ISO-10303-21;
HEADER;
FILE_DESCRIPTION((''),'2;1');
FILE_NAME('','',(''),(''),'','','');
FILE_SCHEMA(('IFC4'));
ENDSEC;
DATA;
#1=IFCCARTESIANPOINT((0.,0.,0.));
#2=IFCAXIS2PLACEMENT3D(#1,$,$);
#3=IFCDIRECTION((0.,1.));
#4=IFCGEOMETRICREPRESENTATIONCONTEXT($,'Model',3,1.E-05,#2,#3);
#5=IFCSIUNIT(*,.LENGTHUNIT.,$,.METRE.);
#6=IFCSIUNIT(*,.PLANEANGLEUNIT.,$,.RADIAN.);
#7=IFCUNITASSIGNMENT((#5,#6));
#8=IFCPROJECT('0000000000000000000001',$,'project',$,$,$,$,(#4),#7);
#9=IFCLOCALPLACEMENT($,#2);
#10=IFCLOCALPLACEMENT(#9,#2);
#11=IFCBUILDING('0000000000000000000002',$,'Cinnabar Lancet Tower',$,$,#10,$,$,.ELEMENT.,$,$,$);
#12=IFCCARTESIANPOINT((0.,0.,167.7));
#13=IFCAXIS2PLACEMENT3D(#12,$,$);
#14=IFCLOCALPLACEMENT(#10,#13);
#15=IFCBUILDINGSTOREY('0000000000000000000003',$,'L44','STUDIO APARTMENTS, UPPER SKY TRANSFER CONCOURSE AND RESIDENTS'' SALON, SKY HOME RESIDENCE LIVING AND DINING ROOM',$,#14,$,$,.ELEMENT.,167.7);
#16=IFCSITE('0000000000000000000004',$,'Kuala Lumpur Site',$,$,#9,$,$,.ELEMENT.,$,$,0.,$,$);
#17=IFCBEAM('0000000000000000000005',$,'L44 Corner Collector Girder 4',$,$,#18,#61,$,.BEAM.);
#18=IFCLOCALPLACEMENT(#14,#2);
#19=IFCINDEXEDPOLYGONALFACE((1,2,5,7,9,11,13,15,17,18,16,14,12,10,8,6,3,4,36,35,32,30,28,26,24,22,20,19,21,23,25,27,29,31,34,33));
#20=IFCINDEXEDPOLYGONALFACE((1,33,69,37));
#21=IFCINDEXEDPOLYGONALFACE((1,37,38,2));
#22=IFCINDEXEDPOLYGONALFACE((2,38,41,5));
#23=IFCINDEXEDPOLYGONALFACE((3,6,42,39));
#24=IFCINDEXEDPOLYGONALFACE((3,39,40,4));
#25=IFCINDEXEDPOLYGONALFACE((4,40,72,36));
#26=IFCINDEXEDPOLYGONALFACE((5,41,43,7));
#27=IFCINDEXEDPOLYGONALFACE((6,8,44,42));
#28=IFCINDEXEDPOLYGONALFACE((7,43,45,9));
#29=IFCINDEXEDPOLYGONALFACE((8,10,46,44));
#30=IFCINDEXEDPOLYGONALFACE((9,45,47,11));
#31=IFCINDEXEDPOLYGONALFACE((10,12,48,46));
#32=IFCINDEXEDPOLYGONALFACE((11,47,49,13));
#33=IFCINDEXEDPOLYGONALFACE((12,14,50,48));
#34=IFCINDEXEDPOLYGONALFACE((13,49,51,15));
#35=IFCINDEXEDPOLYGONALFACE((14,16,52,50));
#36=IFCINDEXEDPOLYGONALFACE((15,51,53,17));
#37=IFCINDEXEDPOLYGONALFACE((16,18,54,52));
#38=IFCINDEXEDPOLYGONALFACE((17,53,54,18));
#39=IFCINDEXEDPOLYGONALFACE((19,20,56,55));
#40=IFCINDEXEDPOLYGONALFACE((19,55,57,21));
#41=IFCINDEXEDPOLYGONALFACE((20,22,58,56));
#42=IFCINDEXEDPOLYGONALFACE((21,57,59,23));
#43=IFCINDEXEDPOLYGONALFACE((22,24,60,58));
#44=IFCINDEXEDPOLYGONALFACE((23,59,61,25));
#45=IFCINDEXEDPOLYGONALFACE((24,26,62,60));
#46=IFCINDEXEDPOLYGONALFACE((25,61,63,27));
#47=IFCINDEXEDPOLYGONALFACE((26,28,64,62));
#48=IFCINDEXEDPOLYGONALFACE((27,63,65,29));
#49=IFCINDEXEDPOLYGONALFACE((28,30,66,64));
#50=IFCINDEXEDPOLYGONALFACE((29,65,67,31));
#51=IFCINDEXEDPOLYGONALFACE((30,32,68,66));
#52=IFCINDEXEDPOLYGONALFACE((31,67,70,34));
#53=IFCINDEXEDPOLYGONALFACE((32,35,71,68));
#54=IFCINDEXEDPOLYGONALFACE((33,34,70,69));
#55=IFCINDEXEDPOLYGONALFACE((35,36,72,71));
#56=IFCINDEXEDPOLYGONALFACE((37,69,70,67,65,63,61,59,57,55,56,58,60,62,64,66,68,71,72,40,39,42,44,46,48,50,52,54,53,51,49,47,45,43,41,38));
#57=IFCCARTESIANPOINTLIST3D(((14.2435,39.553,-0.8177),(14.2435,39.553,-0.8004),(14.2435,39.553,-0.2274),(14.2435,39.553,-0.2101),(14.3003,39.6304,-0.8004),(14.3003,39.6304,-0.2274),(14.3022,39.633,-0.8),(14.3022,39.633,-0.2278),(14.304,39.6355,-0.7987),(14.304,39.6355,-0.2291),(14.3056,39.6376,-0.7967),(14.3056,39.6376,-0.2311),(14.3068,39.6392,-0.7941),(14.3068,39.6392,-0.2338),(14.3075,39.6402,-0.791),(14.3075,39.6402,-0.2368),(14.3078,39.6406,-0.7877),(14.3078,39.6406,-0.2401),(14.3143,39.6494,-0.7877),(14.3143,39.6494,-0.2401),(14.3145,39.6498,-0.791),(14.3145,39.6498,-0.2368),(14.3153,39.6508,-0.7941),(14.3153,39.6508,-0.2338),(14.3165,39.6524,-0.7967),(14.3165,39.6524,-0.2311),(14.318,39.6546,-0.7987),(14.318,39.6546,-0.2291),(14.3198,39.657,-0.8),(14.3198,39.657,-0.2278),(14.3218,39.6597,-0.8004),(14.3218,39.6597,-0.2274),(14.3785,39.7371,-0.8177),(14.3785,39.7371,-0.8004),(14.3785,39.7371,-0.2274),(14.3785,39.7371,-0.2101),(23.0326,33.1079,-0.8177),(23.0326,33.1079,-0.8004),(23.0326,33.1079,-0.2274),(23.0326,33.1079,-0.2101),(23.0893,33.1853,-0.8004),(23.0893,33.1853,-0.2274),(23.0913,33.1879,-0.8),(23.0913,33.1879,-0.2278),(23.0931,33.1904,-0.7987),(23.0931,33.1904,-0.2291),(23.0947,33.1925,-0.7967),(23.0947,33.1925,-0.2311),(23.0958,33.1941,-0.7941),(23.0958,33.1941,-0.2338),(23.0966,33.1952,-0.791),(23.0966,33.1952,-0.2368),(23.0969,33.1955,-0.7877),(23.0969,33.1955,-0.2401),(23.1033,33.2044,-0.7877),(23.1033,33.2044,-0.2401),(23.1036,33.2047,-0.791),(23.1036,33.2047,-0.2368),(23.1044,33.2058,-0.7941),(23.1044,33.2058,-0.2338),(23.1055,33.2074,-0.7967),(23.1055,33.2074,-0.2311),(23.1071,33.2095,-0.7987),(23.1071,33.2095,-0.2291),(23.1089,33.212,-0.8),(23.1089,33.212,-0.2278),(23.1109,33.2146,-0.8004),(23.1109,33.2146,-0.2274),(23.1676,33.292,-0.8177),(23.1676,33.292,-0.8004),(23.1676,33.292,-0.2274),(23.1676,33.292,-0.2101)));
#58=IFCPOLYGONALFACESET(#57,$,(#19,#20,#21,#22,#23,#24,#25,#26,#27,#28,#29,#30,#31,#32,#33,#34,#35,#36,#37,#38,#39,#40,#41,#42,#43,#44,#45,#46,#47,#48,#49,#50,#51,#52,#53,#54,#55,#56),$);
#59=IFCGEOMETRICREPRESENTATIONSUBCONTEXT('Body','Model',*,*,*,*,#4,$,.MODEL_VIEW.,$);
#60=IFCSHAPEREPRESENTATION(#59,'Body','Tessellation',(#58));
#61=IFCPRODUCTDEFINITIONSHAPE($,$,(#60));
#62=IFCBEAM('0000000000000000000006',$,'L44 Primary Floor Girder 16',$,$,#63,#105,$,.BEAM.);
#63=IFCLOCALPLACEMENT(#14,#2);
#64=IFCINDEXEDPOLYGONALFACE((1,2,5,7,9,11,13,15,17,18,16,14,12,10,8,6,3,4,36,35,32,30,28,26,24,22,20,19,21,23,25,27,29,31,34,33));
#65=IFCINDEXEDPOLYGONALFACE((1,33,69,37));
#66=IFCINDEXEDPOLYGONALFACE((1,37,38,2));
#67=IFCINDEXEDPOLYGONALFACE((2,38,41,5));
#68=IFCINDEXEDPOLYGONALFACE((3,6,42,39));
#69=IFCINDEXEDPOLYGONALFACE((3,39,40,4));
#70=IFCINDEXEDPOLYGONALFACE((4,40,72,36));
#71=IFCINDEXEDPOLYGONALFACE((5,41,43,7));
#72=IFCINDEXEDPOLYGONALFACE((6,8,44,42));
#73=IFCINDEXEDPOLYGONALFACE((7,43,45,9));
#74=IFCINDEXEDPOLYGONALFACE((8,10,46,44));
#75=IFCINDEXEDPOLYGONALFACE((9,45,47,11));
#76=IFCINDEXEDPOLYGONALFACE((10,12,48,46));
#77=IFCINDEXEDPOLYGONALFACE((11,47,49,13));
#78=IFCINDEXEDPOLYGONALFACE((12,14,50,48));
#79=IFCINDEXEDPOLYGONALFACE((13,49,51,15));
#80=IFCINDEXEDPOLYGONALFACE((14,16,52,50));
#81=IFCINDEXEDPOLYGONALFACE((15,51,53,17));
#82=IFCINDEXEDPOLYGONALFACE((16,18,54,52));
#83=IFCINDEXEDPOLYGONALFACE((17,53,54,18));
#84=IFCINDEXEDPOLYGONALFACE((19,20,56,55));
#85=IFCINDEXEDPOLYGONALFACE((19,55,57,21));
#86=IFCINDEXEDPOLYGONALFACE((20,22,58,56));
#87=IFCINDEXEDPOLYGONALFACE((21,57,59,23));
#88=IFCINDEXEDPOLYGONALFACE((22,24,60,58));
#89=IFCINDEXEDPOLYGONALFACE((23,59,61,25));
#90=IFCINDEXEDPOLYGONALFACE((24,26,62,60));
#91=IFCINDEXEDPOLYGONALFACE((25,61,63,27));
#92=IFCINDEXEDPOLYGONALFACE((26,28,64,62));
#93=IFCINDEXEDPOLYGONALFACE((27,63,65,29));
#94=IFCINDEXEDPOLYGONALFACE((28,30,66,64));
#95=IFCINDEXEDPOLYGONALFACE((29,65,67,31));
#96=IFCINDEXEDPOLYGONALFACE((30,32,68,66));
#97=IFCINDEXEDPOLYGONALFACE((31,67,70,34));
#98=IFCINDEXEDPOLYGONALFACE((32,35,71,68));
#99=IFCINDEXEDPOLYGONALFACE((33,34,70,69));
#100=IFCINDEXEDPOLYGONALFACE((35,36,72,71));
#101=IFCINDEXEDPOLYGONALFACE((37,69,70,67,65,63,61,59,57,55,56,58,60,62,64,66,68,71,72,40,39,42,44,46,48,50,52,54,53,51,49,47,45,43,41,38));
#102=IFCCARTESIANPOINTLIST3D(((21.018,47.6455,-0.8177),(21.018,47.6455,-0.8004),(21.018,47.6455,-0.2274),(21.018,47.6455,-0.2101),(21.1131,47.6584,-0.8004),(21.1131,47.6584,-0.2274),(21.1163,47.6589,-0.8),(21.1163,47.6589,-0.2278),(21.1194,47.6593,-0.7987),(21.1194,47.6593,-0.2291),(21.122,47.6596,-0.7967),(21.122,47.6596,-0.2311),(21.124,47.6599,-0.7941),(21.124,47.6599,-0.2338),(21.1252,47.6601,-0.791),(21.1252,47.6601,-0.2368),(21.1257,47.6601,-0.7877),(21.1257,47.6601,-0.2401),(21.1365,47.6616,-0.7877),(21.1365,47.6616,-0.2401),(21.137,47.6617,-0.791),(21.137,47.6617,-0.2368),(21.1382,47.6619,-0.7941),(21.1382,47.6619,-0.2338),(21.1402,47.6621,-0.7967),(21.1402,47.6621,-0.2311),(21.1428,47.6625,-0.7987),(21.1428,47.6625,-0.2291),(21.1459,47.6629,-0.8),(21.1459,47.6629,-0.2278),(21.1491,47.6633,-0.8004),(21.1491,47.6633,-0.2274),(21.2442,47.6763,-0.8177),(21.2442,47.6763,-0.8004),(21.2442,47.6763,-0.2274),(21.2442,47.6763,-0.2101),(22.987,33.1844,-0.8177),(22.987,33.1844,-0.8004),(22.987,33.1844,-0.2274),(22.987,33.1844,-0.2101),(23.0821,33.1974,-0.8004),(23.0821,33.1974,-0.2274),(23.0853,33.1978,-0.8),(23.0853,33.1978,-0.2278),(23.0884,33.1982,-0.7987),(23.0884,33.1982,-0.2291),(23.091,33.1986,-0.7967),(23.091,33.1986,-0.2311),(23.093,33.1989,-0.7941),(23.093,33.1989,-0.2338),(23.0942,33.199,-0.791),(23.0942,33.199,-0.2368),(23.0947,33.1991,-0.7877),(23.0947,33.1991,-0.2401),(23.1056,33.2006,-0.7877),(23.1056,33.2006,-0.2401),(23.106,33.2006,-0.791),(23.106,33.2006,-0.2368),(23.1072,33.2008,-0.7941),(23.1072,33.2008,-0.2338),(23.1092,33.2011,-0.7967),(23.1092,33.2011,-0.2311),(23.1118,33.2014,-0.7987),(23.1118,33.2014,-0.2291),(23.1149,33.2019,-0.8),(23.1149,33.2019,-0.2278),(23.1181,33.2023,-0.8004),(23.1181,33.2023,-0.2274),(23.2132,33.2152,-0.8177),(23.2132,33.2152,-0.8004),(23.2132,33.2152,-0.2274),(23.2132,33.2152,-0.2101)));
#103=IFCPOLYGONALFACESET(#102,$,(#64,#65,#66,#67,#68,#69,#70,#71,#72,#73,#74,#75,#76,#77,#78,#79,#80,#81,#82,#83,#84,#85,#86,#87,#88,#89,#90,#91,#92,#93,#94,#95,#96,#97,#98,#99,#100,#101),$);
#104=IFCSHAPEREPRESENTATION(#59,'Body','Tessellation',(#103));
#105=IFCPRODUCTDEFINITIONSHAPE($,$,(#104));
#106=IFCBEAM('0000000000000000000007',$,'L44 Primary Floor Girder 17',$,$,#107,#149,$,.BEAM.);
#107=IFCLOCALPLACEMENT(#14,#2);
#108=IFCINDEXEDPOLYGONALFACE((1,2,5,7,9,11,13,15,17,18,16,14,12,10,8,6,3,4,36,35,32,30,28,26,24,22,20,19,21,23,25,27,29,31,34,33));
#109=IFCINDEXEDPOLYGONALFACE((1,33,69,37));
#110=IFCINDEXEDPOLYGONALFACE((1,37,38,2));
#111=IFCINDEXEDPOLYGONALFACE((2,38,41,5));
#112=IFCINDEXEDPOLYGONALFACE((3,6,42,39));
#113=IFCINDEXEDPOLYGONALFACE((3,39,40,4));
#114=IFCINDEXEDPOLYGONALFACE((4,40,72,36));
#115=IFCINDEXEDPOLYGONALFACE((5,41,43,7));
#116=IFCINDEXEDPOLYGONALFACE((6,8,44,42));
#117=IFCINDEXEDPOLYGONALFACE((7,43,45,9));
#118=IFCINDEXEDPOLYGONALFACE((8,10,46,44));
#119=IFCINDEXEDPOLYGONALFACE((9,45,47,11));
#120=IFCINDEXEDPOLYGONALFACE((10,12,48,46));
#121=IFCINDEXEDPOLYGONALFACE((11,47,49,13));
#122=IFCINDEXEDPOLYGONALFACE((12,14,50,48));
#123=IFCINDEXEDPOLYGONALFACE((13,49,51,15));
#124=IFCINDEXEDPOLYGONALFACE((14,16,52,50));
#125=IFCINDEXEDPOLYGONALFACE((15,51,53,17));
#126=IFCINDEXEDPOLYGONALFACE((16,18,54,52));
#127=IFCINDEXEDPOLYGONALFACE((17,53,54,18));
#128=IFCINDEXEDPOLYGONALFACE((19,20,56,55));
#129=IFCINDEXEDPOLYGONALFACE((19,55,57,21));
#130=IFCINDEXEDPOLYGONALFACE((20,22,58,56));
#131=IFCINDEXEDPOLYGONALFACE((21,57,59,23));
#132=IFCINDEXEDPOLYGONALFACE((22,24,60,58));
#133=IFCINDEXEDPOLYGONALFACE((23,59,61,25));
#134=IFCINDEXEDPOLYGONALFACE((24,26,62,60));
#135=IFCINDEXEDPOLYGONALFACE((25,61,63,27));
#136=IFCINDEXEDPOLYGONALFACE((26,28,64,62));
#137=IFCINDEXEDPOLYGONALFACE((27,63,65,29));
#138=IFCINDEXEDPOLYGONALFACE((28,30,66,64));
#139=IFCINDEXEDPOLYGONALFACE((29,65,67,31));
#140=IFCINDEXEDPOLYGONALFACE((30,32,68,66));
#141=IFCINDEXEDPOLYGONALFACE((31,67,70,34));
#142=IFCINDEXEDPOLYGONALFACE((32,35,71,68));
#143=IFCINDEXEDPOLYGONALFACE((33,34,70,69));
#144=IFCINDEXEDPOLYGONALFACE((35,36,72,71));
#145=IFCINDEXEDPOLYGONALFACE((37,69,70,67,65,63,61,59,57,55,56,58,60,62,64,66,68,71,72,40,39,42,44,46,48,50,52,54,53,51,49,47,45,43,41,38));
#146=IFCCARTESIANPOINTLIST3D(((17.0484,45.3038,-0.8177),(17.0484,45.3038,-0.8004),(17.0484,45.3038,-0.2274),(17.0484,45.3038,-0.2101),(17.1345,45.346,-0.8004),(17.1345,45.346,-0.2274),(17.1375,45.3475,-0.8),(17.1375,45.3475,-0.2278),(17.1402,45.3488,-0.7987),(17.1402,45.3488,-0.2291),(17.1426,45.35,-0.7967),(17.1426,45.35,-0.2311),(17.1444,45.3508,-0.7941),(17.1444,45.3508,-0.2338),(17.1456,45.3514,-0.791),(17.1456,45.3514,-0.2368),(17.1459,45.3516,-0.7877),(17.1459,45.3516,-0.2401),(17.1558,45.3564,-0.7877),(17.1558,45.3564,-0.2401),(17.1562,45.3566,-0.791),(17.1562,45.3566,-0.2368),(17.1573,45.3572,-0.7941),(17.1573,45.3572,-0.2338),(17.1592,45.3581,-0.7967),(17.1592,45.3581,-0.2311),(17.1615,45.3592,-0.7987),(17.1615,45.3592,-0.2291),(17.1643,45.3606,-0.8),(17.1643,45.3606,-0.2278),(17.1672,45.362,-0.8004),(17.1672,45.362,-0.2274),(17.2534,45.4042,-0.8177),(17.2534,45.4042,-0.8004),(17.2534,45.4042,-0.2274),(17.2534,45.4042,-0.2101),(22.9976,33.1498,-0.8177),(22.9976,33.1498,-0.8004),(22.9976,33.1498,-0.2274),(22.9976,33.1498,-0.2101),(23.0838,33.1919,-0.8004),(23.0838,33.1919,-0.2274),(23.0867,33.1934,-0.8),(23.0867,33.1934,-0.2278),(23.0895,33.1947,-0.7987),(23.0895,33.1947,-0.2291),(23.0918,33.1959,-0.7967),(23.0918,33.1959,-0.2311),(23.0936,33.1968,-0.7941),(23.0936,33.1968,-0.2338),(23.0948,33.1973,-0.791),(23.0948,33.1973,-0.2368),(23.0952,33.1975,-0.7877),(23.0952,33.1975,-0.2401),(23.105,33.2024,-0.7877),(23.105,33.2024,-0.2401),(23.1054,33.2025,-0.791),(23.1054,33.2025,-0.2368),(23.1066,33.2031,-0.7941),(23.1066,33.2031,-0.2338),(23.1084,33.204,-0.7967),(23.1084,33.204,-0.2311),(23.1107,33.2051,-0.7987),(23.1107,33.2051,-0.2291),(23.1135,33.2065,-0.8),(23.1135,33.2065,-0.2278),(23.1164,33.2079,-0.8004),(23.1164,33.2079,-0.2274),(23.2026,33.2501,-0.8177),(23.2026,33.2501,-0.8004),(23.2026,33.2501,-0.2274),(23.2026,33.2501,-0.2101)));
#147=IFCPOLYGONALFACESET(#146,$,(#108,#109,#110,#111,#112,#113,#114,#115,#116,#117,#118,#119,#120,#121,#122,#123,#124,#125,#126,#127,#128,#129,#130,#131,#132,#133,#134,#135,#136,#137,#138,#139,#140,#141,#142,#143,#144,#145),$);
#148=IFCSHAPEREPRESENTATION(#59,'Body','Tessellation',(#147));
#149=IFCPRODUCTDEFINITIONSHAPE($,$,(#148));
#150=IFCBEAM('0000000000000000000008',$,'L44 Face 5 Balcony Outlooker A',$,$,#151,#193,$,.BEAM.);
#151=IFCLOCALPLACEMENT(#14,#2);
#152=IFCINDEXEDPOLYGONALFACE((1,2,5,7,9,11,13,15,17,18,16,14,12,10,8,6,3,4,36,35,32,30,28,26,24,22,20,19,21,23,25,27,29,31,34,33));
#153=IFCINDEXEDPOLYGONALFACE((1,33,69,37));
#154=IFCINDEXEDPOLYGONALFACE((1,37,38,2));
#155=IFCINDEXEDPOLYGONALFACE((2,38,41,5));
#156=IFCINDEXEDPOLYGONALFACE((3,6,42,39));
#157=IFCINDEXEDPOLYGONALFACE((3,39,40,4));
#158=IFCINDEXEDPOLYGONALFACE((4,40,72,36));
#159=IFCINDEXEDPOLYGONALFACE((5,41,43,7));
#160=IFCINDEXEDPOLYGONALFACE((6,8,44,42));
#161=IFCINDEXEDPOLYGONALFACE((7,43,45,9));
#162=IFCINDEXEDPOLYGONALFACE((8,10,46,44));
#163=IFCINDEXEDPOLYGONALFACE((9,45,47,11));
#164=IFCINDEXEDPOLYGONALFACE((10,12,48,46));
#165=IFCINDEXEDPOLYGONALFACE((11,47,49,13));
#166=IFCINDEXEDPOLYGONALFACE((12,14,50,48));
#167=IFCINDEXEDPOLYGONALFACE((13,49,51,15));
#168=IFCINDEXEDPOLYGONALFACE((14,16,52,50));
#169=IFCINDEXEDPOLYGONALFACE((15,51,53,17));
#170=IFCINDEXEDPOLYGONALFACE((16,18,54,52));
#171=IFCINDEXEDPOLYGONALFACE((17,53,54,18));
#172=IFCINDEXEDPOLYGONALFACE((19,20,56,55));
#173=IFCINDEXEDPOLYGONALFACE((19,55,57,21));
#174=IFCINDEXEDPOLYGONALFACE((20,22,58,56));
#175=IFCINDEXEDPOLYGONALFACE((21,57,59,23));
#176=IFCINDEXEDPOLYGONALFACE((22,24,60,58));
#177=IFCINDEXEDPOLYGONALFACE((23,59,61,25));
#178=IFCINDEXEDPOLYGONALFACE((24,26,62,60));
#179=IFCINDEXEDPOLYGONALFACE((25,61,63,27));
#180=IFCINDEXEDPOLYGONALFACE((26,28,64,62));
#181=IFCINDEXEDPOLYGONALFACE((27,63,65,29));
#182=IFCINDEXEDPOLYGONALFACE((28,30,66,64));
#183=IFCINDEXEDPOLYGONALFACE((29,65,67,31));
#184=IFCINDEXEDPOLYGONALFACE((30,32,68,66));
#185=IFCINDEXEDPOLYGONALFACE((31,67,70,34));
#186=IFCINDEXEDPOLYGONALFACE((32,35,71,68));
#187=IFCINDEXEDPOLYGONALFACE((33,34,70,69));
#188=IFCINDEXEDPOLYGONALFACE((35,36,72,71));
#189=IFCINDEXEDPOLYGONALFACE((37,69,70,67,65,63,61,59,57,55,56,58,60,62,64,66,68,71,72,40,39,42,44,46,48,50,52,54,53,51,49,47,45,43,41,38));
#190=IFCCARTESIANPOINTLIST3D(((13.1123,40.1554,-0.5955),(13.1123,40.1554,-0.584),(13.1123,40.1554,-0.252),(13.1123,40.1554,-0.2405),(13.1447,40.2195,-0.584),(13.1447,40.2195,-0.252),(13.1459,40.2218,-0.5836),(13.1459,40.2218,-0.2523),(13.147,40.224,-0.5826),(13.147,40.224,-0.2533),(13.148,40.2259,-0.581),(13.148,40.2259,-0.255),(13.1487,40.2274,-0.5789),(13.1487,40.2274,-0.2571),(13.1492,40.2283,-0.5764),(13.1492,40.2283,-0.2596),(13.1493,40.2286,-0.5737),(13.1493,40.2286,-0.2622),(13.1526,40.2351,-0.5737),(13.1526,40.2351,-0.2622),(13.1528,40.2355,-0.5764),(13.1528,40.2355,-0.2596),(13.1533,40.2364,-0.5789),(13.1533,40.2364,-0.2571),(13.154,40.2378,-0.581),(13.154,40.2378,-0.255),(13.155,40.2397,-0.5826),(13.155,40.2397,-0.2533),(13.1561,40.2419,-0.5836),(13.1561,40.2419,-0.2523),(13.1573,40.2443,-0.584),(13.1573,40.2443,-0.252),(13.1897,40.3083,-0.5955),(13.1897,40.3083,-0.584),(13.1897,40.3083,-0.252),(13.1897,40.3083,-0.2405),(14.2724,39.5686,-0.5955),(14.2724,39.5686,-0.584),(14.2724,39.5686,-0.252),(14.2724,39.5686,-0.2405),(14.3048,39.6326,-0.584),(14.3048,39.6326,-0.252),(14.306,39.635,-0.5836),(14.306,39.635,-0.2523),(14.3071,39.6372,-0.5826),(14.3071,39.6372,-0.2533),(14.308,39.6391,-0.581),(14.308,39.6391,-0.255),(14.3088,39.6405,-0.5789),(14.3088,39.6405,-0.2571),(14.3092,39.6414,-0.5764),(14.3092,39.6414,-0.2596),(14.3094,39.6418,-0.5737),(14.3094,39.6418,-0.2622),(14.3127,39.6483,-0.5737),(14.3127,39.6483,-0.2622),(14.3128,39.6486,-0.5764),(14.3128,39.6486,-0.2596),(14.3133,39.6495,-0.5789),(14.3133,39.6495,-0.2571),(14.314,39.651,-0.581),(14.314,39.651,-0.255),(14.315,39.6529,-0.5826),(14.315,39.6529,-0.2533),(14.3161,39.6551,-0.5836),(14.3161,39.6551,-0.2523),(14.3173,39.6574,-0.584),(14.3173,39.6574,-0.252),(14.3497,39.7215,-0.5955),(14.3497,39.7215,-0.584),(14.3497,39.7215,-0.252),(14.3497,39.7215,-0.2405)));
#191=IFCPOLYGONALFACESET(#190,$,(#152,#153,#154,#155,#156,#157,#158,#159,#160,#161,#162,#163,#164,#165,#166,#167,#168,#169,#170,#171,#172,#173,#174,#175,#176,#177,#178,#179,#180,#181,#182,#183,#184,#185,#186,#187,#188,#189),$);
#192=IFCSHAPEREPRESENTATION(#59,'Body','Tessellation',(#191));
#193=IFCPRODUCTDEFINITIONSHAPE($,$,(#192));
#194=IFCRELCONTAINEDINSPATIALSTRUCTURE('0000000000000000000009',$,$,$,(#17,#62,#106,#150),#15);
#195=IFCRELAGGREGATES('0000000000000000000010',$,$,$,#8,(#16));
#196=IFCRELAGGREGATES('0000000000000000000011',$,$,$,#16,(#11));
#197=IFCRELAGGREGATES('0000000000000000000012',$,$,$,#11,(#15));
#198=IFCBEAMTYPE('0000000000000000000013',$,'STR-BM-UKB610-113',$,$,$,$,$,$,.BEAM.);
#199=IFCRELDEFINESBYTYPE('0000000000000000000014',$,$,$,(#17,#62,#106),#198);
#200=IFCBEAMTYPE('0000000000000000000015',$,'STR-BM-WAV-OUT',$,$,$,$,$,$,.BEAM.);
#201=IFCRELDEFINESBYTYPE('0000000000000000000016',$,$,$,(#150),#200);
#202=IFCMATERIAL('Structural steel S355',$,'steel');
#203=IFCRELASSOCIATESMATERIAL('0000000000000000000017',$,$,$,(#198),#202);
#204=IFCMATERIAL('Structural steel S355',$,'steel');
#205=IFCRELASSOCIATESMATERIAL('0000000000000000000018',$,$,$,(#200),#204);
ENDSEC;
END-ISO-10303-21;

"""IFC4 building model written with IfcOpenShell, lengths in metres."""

from ifc_helpers import new_model, si_unit, direction, frame, origin, origin_2d, place, context, subcontext, project, spatial, i_section, extrude, material, material_profile, profile_set, type_object, element, save


model = new_model("IFC4")

# Units and contexts
model_context = context("Model", 3, precision=1e-05, world=origin(), true_north=direction((0.0, 1.0)))
body_context = subcontext(model_context, "Body", "Model", "MODEL_VIEW")
ifc_project = project(units=[si_unit("LENGTHUNIT", "METRE"), si_unit("PLANEANGLEUNIT", "RADIAN")], contexts=[model_context])

# Site, building, storey
site_placement = place(None, origin())
site = spatial("IfcSite", under=ifc_project, at=site_placement, Name="Kuala Lumpur Site", CompositionType="ELEMENT", RefElevation=0.0)
building_placement = place(site_placement, origin())
building = spatial("IfcBuilding", under=site, at=building_placement, Name="Cinnabar Lancet Tower", CompositionType="ELEMENT")
storey_placement = place(building_placement, frame((0.0, 0.0, 167.7)))
storey = spatial("IfcBuildingStorey", under=building, at=storey_placement, Name="L44", Description="STUDIO APARTMENTS, UPPER SKY TRANSFER CONCOURSE AND RESIDENTS' SALON, SKY HOME RESIDENCE LIVING AND DINING ROOM", CompositionType="ELEMENT", Elevation=167.7)

# Beams
ifc_material_1 = material(Name="Structural steel S355", Category="steel")
ifc_material_profile_1 = material_profile(ifc_material_1, i_section(OverallWidth=0.2283, OverallDepth=0.6077, WebThickness=0.011, FlangeThickness=0.0173, FilletRadius=0.0127, at=origin_2d()), Name="UKB 610x229x113")
ifc_profile_set_1 = profile_set([ifc_material_profile_1], Name="Structural steel S355")
beam_type_1 = type_object("IfcBeamType", Name="STR-BM-UKB610-113", PredefinedType="BEAM", material=ifc_profile_set_1)
beam_1_placement = place(storey_placement, frame((14.311, 39.645, -0.5139), z_axis=(0.806416, -0.591349, 0.0), x_axis=(0.591349, 0.806416, 0.0)))
element("IfcBeam", 1, at=beam_1_placement, inside=storey, type_object=beam_type_1, Name="L44 Corner Collector Girder 4", PredefinedType="BEAM", context=body_context, shape_type="SweptSolid", body=[
    extrude(i_section(OverallWidth=0.2283, OverallDepth=0.6077, WebThickness=0.011, FlangeThickness=0.0173, FilletRadius=0.0127, at=origin_2d()), origin(), (0.0, 0.0, 1.0), 10.8989),
])
beam_2_placement = place(storey_placement, frame((21.1311, 47.6609, -0.5139), z_axis=(0.134915, -0.990857, 0.0), x_axis=(0.990857, 0.134915, 0.0)))
element("IfcBeam", 2, at=beam_2_placement, inside=storey, type_object=beam_type_1, Name="L44 Primary Floor Girder 16", PredefinedType="BEAM", context=body_context, shape_type="SweptSolid", body=[
    extrude(i_section(OverallWidth=0.2283, OverallDepth=0.6077, WebThickness=0.011, FlangeThickness=0.0173, FilletRadius=0.0127, at=origin_2d()), origin(), (0.0, 0.0, 1.0), 14.5945),
])
beam_3_placement = place(storey_placement, frame((17.1509, 45.354, -0.5139), z_axis=(0.439642, -0.898173, 0.0), x_axis=(0.898173, 0.439642, 0.0)))
element("IfcBeam", 3, at=beam_3_placement, inside=storey, type_object=beam_type_1, Name="L44 Primary Floor Girder 17", PredefinedType="BEAM", context=body_context, shape_type="SweptSolid", body=[
    extrude(i_section(OverallWidth=0.2283, OverallDepth=0.6077, WebThickness=0.011, FlangeThickness=0.0173, FilletRadius=0.0127, at=origin_2d()), origin(), (0.0, 0.0, 1.0), 13.532),
])
ifc_material_2 = material(Name="Structural steel S355", Category="steel")
ifc_material_profile_2 = material_profile(ifc_material_2, i_section(OverallWidth=0.1714, OverallDepth=0.355, WebThickness=0.0073, FlangeThickness=0.0115, FilletRadius=0.0103, at=origin_2d()), Name="UKB 356x171x51")
ifc_profile_set_2 = profile_set([ifc_material_profile_2], Name="Structural steel S355")
beam_type_2 = type_object("IfcBeamType", Name="STR-BM-WAV-OUT", PredefinedType="BEAM", material=ifc_profile_set_2)
beam_4_placement = place(storey_placement, frame((14.311, 39.645, -0.418), z_axis=(-0.892314, 0.451415, 0.0), x_axis=(-0.451415, -0.892314, 0.0)))
element("IfcBeam", 4, at=beam_4_placement, inside=storey, type_object=beam_type_2, Name="L44 Face 5 Balcony Outlooker A", PredefinedType="BEAM", context=body_context, shape_type="SweptSolid", body=[
    extrude(i_section(OverallWidth=0.1714, OverallDepth=0.355, WebThickness=0.0073, FlangeThickness=0.0115, FilletRadius=0.0103, at=origin_2d()), origin(), (0.0, 0.0, 1.0), 1.3),
])

save(model, "model.ifc")
